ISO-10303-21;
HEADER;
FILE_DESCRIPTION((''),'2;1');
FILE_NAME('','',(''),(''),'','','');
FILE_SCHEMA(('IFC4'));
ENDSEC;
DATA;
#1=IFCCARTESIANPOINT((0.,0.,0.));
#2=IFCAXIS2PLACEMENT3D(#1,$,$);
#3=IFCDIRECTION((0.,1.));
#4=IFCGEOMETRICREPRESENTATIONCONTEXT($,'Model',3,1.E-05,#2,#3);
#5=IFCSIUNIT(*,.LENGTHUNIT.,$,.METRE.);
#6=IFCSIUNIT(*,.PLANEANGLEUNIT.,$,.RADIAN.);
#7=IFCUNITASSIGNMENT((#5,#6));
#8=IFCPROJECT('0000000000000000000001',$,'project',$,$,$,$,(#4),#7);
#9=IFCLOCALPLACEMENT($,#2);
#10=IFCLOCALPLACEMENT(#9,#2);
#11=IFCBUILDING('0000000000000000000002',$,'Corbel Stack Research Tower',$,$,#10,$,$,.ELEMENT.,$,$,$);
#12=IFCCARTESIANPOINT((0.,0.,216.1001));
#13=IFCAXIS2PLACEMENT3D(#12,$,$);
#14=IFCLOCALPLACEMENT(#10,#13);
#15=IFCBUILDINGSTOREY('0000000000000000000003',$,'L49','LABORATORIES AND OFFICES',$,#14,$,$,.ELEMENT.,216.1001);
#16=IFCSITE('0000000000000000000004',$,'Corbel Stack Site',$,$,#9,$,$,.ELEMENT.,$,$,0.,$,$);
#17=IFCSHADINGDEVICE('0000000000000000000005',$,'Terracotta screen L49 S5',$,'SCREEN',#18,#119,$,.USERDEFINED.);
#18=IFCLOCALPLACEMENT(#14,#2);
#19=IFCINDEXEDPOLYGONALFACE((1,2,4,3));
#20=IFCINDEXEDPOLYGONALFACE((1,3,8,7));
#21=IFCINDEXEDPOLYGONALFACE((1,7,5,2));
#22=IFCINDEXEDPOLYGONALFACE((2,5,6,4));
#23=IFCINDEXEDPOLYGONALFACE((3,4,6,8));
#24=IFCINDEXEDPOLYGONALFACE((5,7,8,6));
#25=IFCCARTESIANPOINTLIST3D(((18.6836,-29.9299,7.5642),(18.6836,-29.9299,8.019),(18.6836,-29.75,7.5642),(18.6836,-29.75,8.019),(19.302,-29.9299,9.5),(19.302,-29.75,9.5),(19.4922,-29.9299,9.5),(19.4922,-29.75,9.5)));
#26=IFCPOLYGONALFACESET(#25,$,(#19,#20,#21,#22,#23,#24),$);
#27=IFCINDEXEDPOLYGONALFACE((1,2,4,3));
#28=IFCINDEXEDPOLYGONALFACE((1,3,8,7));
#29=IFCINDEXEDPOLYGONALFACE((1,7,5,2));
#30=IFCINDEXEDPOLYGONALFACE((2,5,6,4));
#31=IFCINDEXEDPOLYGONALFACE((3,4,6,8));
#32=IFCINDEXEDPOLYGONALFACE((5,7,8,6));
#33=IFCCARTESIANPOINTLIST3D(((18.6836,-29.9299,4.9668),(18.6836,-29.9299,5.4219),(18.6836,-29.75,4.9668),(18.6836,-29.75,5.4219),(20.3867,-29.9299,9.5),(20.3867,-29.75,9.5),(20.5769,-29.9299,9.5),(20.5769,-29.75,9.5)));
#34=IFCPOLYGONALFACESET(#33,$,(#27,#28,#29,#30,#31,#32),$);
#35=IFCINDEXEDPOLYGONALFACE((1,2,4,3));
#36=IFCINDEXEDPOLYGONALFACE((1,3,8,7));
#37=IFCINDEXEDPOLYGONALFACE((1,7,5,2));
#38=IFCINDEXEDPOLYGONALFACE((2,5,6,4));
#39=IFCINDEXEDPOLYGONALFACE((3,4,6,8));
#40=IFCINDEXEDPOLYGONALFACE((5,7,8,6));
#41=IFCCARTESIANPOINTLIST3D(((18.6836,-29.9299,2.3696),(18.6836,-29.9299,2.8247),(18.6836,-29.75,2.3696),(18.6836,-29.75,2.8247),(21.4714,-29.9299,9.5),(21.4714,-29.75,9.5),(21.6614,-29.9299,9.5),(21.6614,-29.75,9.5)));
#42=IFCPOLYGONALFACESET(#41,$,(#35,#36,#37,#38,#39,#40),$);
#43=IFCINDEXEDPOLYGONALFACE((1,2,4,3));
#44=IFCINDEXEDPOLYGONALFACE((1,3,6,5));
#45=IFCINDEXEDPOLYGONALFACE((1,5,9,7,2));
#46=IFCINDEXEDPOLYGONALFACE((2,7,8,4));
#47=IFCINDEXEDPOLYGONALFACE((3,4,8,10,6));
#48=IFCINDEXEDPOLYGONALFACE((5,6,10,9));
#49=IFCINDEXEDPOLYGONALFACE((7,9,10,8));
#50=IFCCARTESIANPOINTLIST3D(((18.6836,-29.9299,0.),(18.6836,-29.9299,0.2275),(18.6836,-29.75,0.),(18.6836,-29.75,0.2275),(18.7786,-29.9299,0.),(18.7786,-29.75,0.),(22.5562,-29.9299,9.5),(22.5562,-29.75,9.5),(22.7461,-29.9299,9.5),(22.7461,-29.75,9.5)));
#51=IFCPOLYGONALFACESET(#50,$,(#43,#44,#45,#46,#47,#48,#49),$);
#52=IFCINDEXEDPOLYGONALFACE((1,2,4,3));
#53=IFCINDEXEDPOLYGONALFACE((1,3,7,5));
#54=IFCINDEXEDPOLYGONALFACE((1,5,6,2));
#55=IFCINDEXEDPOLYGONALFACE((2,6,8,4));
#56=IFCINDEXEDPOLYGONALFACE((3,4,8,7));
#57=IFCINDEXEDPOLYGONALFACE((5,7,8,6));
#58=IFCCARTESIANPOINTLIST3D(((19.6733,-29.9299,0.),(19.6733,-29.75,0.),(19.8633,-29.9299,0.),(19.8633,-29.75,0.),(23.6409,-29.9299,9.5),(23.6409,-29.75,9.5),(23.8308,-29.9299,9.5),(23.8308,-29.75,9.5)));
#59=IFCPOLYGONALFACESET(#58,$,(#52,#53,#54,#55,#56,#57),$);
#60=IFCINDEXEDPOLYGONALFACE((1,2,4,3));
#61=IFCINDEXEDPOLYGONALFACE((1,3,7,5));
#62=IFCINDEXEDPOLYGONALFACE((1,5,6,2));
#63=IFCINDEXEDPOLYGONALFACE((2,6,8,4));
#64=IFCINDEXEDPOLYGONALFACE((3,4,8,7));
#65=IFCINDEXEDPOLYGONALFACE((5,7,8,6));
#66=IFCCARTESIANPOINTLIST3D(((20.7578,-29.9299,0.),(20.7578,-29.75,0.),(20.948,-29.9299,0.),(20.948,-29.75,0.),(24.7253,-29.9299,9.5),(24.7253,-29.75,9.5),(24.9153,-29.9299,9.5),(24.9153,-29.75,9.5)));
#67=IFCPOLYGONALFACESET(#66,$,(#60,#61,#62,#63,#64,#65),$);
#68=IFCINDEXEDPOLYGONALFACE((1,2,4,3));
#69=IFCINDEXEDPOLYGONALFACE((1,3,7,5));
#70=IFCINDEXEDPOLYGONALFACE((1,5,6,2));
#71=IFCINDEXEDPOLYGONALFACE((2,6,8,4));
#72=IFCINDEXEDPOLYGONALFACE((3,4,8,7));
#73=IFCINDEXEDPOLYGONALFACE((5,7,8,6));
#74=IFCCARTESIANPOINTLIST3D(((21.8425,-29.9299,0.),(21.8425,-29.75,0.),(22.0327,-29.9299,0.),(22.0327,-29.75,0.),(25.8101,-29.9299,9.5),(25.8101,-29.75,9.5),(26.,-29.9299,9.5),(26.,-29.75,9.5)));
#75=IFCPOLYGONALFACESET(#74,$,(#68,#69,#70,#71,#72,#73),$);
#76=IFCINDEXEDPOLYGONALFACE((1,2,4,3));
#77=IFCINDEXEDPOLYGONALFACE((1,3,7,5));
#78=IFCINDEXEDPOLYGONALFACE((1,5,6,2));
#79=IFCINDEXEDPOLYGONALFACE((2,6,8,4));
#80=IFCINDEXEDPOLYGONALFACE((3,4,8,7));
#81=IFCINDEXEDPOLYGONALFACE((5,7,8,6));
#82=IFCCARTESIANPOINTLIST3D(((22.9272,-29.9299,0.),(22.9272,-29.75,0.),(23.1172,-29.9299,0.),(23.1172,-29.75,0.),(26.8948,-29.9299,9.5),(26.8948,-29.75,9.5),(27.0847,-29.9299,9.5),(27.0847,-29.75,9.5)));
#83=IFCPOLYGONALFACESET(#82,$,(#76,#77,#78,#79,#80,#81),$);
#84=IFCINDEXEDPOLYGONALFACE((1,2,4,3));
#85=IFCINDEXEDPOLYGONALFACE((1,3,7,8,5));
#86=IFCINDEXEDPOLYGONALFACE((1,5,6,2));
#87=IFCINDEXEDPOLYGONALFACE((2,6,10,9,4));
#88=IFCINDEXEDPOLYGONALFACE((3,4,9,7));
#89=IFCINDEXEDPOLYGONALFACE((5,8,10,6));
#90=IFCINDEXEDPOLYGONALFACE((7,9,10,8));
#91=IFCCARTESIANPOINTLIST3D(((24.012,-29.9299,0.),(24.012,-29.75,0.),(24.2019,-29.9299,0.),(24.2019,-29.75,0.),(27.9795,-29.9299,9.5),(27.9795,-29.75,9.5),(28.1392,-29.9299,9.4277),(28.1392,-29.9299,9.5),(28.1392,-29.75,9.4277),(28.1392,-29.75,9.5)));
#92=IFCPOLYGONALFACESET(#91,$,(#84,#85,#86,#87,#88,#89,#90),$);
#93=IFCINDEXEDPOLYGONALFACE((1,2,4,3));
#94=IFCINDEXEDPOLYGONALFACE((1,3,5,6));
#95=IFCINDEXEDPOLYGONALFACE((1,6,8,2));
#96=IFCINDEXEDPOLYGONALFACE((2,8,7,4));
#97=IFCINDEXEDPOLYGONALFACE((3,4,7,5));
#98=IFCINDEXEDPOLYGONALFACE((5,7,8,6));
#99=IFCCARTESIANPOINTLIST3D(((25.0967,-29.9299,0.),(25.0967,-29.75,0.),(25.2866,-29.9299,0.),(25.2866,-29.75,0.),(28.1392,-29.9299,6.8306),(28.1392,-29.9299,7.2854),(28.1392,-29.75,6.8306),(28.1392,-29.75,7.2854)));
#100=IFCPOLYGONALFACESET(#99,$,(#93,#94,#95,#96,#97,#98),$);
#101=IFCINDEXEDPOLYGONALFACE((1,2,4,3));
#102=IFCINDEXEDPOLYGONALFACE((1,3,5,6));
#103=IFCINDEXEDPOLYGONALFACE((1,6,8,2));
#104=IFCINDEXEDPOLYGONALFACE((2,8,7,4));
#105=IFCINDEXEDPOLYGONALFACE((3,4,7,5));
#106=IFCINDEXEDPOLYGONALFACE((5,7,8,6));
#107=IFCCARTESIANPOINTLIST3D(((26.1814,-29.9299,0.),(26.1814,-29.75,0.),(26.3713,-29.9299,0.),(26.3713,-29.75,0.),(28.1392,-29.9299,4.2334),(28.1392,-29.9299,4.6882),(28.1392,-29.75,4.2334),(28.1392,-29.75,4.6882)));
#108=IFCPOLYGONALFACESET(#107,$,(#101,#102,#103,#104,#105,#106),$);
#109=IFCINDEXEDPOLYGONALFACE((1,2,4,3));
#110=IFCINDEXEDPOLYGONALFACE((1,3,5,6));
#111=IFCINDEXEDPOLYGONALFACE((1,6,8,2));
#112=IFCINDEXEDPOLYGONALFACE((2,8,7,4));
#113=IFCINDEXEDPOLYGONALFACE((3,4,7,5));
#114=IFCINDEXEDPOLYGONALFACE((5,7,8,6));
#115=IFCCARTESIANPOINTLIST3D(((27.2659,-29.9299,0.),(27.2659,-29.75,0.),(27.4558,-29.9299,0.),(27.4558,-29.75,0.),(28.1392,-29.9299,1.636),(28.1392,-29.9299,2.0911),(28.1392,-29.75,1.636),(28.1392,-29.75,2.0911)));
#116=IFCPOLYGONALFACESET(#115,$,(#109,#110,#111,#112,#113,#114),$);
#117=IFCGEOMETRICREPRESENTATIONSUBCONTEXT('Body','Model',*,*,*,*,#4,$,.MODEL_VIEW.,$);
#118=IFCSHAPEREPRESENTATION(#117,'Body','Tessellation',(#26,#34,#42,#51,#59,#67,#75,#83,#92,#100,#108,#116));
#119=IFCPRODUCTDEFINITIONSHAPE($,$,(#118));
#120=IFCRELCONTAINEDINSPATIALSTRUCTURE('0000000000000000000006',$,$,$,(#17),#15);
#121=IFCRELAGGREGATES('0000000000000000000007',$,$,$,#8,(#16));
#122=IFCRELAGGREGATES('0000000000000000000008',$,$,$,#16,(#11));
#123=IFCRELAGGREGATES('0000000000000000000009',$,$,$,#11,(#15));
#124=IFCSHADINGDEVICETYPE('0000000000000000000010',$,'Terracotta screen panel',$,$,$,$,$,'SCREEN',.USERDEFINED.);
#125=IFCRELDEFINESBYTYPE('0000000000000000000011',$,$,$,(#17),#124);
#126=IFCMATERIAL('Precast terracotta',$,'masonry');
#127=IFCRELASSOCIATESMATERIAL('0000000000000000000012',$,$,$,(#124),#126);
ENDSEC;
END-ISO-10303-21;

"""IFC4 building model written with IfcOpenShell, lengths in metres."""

from ifc_helpers import new_model, si_unit, direction, frame, origin, place, context, subcontext, project, spatial, polyline, outline, extrude, source, transform, mapped, material, type_object, element, save


model = new_model("IFC4")

# Units and contexts
model_context = context("Model", 3, precision=1e-05, world=origin(), true_north=direction((0.0, 1.0)))
body_context = subcontext(model_context, "Body", "Model", "MODEL_VIEW")
ifc_project = project(units=[si_unit("LENGTHUNIT", "METRE"), si_unit("PLANEANGLEUNIT", "RADIAN")], contexts=[model_context])

# Site, building, storey
site_placement = place(None, origin())
site = spatial("IfcSite", under=ifc_project, at=site_placement, Name="Corbel Stack Site", CompositionType="ELEMENT", RefElevation=0.0)
building_placement = place(site_placement, origin())
building = spatial("IfcBuilding", under=site, at=building_placement, Name="Corbel Stack Research Tower", CompositionType="ELEMENT")
storey_placement = place(building_placement, frame((0.0, 0.0, 216.1001)))
storey = spatial("IfcBuildingStorey", under=building, at=storey_placement, Name="L49", Description="LABORATORIES AND OFFICES", CompositionType="ELEMENT", Elevation=216.1001)

# Shading device
ifc_material_1 = material(Name="Precast terracotta", Category="masonry")
shading_device_type = type_object("IfcShadingDeviceType", Name="Terracotta screen panel", ElementType="SCREEN", PredefinedType="USERDEFINED", material=ifc_material_1)
shared_shape_1 = source(origin(), body_context, "Body", "SweptSolid", [
    extrude(outline(polyline([(0.8086, 9.5), (0.6184, 9.5), (0.0, 8.019), (0.0, 7.5642), (0.8086, 9.5)])), frame((0.0, 0.0, 0.0), z_axis=(0.0, -1.0, 0.0), x_axis=(1.0, 0.0, 0.0)), (0.0, 0.0, 1.0), 0.1799),
    extrude(outline(polyline([(1.8933, 9.5), (1.7031, 9.5), (0.0, 5.4219), (0.0, 4.9668), (1.8933, 9.5)])), frame((0.0, 0.0, 0.0), z_axis=(0.0, -1.0, 0.0), x_axis=(1.0, 0.0, 0.0)), (0.0, 0.0, 1.0), 0.1799),
    extrude(outline(polyline([(2.9778, 9.5), (2.7878, 9.5), (0.0, 2.8247), (0.0, 2.3696), (2.9778, 9.5)])), frame((0.0, 0.0, 0.0), z_axis=(0.0, -1.0, 0.0), x_axis=(1.0, 0.0, 0.0)), (0.0, 0.0, 1.0), 0.1799),
    extrude(outline(polyline([(0.095, 0.0), (4.0625, 9.5), (3.8726, 9.5), (0.0, 0.2275), (0.0, 0.0), (0.095, 0.0)])), frame((0.0, 0.0, 0.0), z_axis=(0.0, -1.0, 0.0), x_axis=(1.0, 0.0, 0.0)), (0.0, 0.0, 1.0), 0.1799),
    extrude(outline(polyline([(1.1797, 0.0), (5.1472, 9.5), (4.9573, 9.5), (0.9897, 0.0), (1.1797, 0.0)])), frame((0.0, 0.0, 0.0), z_axis=(0.0, -1.0, 0.0), x_axis=(1.0, 0.0, 0.0)), (0.0, 0.0, 1.0), 0.1799),
    extrude(outline(polyline([(2.2644, 0.0), (6.2317, 9.5), (6.0417, 9.5), (2.0742, 0.0), (2.2644, 0.0)])), frame((0.0, 0.0, 0.0), z_axis=(0.0, -1.0, 0.0), x_axis=(1.0, 0.0, 0.0)), (0.0, 0.0, 1.0), 0.1799),
    extrude(outline(polyline([(3.3491, 0.0), (7.3164, 9.5), (7.1265, 9.5), (3.1589, 0.0), (3.3491, 0.0)])), frame((0.0, 0.0, 0.0), z_axis=(0.0, -1.0, 0.0), x_axis=(1.0, 0.0, 0.0)), (0.0, 0.0, 1.0), 0.1799),
    extrude(outline(polyline([(4.4336, 0.0), (8.4011, 9.5), (8.2112, 9.5), (4.2437, 0.0), (4.4336, 0.0)])), frame((0.0, 0.0, 0.0), z_axis=(0.0, -1.0, 0.0), x_axis=(1.0, 0.0, 0.0)), (0.0, 0.0, 1.0), 0.1799),
    extrude(outline(polyline([(5.5183, 0.0), (9.4556, 9.4277), (9.4556, 9.5), (9.2959, 9.5), (5.3284, 0.0), (5.5183, 0.0)])), frame((0.0, 0.0, 0.0), z_axis=(0.0, -1.0, 0.0), x_axis=(1.0, 0.0, 0.0)), (0.0, 0.0, 1.0), 0.1799),
    extrude(outline(polyline([(6.603, 0.0), (9.4556, 6.8306), (9.4556, 7.2854), (6.4131, 0.0), (6.603, 0.0)])), frame((0.0, 0.0, 0.0), z_axis=(0.0, -1.0, 0.0), x_axis=(1.0, 0.0, 0.0)), (0.0, 0.0, 1.0), 0.1799),
    extrude(outline(polyline([(7.6877, 0.0), (9.4556, 4.2334), (9.4556, 4.6882), (7.4978, 0.0), (7.6877, 0.0)])), frame((0.0, 0.0, 0.0), z_axis=(0.0, -1.0, 0.0), x_axis=(1.0, 0.0, 0.0)), (0.0, 0.0, 1.0), 0.1799),
    extrude(outline(polyline([(8.7722, 0.0), (9.4556, 1.636), (9.4556, 2.0911), (8.5823, 0.0), (8.7722, 0.0)])), frame((0.0, 0.0, 0.0), z_axis=(0.0, -1.0, 0.0), x_axis=(1.0, 0.0, 0.0)), (0.0, 0.0, 1.0), 0.1799),
])
shading_device_1_placement = place(storey_placement, frame((18.6836, -29.75, 0.0), z_axis=(0.0, 0.0, 1.0), x_axis=(1.0, 0.0, 0.0)))
element("IfcShadingDevice", 1, at=shading_device_1_placement, inside=storey, type_object=shading_device_type, Name="Terracotta screen L49 S5", ObjectType="SCREEN", PredefinedType="USERDEFINED", context=body_context, shape_type="MappedRepresentation", body=[
    mapped(shared_shape_1, transform((0.0, 0.0, 0.0))),
])

save(model, "model.ifc")
